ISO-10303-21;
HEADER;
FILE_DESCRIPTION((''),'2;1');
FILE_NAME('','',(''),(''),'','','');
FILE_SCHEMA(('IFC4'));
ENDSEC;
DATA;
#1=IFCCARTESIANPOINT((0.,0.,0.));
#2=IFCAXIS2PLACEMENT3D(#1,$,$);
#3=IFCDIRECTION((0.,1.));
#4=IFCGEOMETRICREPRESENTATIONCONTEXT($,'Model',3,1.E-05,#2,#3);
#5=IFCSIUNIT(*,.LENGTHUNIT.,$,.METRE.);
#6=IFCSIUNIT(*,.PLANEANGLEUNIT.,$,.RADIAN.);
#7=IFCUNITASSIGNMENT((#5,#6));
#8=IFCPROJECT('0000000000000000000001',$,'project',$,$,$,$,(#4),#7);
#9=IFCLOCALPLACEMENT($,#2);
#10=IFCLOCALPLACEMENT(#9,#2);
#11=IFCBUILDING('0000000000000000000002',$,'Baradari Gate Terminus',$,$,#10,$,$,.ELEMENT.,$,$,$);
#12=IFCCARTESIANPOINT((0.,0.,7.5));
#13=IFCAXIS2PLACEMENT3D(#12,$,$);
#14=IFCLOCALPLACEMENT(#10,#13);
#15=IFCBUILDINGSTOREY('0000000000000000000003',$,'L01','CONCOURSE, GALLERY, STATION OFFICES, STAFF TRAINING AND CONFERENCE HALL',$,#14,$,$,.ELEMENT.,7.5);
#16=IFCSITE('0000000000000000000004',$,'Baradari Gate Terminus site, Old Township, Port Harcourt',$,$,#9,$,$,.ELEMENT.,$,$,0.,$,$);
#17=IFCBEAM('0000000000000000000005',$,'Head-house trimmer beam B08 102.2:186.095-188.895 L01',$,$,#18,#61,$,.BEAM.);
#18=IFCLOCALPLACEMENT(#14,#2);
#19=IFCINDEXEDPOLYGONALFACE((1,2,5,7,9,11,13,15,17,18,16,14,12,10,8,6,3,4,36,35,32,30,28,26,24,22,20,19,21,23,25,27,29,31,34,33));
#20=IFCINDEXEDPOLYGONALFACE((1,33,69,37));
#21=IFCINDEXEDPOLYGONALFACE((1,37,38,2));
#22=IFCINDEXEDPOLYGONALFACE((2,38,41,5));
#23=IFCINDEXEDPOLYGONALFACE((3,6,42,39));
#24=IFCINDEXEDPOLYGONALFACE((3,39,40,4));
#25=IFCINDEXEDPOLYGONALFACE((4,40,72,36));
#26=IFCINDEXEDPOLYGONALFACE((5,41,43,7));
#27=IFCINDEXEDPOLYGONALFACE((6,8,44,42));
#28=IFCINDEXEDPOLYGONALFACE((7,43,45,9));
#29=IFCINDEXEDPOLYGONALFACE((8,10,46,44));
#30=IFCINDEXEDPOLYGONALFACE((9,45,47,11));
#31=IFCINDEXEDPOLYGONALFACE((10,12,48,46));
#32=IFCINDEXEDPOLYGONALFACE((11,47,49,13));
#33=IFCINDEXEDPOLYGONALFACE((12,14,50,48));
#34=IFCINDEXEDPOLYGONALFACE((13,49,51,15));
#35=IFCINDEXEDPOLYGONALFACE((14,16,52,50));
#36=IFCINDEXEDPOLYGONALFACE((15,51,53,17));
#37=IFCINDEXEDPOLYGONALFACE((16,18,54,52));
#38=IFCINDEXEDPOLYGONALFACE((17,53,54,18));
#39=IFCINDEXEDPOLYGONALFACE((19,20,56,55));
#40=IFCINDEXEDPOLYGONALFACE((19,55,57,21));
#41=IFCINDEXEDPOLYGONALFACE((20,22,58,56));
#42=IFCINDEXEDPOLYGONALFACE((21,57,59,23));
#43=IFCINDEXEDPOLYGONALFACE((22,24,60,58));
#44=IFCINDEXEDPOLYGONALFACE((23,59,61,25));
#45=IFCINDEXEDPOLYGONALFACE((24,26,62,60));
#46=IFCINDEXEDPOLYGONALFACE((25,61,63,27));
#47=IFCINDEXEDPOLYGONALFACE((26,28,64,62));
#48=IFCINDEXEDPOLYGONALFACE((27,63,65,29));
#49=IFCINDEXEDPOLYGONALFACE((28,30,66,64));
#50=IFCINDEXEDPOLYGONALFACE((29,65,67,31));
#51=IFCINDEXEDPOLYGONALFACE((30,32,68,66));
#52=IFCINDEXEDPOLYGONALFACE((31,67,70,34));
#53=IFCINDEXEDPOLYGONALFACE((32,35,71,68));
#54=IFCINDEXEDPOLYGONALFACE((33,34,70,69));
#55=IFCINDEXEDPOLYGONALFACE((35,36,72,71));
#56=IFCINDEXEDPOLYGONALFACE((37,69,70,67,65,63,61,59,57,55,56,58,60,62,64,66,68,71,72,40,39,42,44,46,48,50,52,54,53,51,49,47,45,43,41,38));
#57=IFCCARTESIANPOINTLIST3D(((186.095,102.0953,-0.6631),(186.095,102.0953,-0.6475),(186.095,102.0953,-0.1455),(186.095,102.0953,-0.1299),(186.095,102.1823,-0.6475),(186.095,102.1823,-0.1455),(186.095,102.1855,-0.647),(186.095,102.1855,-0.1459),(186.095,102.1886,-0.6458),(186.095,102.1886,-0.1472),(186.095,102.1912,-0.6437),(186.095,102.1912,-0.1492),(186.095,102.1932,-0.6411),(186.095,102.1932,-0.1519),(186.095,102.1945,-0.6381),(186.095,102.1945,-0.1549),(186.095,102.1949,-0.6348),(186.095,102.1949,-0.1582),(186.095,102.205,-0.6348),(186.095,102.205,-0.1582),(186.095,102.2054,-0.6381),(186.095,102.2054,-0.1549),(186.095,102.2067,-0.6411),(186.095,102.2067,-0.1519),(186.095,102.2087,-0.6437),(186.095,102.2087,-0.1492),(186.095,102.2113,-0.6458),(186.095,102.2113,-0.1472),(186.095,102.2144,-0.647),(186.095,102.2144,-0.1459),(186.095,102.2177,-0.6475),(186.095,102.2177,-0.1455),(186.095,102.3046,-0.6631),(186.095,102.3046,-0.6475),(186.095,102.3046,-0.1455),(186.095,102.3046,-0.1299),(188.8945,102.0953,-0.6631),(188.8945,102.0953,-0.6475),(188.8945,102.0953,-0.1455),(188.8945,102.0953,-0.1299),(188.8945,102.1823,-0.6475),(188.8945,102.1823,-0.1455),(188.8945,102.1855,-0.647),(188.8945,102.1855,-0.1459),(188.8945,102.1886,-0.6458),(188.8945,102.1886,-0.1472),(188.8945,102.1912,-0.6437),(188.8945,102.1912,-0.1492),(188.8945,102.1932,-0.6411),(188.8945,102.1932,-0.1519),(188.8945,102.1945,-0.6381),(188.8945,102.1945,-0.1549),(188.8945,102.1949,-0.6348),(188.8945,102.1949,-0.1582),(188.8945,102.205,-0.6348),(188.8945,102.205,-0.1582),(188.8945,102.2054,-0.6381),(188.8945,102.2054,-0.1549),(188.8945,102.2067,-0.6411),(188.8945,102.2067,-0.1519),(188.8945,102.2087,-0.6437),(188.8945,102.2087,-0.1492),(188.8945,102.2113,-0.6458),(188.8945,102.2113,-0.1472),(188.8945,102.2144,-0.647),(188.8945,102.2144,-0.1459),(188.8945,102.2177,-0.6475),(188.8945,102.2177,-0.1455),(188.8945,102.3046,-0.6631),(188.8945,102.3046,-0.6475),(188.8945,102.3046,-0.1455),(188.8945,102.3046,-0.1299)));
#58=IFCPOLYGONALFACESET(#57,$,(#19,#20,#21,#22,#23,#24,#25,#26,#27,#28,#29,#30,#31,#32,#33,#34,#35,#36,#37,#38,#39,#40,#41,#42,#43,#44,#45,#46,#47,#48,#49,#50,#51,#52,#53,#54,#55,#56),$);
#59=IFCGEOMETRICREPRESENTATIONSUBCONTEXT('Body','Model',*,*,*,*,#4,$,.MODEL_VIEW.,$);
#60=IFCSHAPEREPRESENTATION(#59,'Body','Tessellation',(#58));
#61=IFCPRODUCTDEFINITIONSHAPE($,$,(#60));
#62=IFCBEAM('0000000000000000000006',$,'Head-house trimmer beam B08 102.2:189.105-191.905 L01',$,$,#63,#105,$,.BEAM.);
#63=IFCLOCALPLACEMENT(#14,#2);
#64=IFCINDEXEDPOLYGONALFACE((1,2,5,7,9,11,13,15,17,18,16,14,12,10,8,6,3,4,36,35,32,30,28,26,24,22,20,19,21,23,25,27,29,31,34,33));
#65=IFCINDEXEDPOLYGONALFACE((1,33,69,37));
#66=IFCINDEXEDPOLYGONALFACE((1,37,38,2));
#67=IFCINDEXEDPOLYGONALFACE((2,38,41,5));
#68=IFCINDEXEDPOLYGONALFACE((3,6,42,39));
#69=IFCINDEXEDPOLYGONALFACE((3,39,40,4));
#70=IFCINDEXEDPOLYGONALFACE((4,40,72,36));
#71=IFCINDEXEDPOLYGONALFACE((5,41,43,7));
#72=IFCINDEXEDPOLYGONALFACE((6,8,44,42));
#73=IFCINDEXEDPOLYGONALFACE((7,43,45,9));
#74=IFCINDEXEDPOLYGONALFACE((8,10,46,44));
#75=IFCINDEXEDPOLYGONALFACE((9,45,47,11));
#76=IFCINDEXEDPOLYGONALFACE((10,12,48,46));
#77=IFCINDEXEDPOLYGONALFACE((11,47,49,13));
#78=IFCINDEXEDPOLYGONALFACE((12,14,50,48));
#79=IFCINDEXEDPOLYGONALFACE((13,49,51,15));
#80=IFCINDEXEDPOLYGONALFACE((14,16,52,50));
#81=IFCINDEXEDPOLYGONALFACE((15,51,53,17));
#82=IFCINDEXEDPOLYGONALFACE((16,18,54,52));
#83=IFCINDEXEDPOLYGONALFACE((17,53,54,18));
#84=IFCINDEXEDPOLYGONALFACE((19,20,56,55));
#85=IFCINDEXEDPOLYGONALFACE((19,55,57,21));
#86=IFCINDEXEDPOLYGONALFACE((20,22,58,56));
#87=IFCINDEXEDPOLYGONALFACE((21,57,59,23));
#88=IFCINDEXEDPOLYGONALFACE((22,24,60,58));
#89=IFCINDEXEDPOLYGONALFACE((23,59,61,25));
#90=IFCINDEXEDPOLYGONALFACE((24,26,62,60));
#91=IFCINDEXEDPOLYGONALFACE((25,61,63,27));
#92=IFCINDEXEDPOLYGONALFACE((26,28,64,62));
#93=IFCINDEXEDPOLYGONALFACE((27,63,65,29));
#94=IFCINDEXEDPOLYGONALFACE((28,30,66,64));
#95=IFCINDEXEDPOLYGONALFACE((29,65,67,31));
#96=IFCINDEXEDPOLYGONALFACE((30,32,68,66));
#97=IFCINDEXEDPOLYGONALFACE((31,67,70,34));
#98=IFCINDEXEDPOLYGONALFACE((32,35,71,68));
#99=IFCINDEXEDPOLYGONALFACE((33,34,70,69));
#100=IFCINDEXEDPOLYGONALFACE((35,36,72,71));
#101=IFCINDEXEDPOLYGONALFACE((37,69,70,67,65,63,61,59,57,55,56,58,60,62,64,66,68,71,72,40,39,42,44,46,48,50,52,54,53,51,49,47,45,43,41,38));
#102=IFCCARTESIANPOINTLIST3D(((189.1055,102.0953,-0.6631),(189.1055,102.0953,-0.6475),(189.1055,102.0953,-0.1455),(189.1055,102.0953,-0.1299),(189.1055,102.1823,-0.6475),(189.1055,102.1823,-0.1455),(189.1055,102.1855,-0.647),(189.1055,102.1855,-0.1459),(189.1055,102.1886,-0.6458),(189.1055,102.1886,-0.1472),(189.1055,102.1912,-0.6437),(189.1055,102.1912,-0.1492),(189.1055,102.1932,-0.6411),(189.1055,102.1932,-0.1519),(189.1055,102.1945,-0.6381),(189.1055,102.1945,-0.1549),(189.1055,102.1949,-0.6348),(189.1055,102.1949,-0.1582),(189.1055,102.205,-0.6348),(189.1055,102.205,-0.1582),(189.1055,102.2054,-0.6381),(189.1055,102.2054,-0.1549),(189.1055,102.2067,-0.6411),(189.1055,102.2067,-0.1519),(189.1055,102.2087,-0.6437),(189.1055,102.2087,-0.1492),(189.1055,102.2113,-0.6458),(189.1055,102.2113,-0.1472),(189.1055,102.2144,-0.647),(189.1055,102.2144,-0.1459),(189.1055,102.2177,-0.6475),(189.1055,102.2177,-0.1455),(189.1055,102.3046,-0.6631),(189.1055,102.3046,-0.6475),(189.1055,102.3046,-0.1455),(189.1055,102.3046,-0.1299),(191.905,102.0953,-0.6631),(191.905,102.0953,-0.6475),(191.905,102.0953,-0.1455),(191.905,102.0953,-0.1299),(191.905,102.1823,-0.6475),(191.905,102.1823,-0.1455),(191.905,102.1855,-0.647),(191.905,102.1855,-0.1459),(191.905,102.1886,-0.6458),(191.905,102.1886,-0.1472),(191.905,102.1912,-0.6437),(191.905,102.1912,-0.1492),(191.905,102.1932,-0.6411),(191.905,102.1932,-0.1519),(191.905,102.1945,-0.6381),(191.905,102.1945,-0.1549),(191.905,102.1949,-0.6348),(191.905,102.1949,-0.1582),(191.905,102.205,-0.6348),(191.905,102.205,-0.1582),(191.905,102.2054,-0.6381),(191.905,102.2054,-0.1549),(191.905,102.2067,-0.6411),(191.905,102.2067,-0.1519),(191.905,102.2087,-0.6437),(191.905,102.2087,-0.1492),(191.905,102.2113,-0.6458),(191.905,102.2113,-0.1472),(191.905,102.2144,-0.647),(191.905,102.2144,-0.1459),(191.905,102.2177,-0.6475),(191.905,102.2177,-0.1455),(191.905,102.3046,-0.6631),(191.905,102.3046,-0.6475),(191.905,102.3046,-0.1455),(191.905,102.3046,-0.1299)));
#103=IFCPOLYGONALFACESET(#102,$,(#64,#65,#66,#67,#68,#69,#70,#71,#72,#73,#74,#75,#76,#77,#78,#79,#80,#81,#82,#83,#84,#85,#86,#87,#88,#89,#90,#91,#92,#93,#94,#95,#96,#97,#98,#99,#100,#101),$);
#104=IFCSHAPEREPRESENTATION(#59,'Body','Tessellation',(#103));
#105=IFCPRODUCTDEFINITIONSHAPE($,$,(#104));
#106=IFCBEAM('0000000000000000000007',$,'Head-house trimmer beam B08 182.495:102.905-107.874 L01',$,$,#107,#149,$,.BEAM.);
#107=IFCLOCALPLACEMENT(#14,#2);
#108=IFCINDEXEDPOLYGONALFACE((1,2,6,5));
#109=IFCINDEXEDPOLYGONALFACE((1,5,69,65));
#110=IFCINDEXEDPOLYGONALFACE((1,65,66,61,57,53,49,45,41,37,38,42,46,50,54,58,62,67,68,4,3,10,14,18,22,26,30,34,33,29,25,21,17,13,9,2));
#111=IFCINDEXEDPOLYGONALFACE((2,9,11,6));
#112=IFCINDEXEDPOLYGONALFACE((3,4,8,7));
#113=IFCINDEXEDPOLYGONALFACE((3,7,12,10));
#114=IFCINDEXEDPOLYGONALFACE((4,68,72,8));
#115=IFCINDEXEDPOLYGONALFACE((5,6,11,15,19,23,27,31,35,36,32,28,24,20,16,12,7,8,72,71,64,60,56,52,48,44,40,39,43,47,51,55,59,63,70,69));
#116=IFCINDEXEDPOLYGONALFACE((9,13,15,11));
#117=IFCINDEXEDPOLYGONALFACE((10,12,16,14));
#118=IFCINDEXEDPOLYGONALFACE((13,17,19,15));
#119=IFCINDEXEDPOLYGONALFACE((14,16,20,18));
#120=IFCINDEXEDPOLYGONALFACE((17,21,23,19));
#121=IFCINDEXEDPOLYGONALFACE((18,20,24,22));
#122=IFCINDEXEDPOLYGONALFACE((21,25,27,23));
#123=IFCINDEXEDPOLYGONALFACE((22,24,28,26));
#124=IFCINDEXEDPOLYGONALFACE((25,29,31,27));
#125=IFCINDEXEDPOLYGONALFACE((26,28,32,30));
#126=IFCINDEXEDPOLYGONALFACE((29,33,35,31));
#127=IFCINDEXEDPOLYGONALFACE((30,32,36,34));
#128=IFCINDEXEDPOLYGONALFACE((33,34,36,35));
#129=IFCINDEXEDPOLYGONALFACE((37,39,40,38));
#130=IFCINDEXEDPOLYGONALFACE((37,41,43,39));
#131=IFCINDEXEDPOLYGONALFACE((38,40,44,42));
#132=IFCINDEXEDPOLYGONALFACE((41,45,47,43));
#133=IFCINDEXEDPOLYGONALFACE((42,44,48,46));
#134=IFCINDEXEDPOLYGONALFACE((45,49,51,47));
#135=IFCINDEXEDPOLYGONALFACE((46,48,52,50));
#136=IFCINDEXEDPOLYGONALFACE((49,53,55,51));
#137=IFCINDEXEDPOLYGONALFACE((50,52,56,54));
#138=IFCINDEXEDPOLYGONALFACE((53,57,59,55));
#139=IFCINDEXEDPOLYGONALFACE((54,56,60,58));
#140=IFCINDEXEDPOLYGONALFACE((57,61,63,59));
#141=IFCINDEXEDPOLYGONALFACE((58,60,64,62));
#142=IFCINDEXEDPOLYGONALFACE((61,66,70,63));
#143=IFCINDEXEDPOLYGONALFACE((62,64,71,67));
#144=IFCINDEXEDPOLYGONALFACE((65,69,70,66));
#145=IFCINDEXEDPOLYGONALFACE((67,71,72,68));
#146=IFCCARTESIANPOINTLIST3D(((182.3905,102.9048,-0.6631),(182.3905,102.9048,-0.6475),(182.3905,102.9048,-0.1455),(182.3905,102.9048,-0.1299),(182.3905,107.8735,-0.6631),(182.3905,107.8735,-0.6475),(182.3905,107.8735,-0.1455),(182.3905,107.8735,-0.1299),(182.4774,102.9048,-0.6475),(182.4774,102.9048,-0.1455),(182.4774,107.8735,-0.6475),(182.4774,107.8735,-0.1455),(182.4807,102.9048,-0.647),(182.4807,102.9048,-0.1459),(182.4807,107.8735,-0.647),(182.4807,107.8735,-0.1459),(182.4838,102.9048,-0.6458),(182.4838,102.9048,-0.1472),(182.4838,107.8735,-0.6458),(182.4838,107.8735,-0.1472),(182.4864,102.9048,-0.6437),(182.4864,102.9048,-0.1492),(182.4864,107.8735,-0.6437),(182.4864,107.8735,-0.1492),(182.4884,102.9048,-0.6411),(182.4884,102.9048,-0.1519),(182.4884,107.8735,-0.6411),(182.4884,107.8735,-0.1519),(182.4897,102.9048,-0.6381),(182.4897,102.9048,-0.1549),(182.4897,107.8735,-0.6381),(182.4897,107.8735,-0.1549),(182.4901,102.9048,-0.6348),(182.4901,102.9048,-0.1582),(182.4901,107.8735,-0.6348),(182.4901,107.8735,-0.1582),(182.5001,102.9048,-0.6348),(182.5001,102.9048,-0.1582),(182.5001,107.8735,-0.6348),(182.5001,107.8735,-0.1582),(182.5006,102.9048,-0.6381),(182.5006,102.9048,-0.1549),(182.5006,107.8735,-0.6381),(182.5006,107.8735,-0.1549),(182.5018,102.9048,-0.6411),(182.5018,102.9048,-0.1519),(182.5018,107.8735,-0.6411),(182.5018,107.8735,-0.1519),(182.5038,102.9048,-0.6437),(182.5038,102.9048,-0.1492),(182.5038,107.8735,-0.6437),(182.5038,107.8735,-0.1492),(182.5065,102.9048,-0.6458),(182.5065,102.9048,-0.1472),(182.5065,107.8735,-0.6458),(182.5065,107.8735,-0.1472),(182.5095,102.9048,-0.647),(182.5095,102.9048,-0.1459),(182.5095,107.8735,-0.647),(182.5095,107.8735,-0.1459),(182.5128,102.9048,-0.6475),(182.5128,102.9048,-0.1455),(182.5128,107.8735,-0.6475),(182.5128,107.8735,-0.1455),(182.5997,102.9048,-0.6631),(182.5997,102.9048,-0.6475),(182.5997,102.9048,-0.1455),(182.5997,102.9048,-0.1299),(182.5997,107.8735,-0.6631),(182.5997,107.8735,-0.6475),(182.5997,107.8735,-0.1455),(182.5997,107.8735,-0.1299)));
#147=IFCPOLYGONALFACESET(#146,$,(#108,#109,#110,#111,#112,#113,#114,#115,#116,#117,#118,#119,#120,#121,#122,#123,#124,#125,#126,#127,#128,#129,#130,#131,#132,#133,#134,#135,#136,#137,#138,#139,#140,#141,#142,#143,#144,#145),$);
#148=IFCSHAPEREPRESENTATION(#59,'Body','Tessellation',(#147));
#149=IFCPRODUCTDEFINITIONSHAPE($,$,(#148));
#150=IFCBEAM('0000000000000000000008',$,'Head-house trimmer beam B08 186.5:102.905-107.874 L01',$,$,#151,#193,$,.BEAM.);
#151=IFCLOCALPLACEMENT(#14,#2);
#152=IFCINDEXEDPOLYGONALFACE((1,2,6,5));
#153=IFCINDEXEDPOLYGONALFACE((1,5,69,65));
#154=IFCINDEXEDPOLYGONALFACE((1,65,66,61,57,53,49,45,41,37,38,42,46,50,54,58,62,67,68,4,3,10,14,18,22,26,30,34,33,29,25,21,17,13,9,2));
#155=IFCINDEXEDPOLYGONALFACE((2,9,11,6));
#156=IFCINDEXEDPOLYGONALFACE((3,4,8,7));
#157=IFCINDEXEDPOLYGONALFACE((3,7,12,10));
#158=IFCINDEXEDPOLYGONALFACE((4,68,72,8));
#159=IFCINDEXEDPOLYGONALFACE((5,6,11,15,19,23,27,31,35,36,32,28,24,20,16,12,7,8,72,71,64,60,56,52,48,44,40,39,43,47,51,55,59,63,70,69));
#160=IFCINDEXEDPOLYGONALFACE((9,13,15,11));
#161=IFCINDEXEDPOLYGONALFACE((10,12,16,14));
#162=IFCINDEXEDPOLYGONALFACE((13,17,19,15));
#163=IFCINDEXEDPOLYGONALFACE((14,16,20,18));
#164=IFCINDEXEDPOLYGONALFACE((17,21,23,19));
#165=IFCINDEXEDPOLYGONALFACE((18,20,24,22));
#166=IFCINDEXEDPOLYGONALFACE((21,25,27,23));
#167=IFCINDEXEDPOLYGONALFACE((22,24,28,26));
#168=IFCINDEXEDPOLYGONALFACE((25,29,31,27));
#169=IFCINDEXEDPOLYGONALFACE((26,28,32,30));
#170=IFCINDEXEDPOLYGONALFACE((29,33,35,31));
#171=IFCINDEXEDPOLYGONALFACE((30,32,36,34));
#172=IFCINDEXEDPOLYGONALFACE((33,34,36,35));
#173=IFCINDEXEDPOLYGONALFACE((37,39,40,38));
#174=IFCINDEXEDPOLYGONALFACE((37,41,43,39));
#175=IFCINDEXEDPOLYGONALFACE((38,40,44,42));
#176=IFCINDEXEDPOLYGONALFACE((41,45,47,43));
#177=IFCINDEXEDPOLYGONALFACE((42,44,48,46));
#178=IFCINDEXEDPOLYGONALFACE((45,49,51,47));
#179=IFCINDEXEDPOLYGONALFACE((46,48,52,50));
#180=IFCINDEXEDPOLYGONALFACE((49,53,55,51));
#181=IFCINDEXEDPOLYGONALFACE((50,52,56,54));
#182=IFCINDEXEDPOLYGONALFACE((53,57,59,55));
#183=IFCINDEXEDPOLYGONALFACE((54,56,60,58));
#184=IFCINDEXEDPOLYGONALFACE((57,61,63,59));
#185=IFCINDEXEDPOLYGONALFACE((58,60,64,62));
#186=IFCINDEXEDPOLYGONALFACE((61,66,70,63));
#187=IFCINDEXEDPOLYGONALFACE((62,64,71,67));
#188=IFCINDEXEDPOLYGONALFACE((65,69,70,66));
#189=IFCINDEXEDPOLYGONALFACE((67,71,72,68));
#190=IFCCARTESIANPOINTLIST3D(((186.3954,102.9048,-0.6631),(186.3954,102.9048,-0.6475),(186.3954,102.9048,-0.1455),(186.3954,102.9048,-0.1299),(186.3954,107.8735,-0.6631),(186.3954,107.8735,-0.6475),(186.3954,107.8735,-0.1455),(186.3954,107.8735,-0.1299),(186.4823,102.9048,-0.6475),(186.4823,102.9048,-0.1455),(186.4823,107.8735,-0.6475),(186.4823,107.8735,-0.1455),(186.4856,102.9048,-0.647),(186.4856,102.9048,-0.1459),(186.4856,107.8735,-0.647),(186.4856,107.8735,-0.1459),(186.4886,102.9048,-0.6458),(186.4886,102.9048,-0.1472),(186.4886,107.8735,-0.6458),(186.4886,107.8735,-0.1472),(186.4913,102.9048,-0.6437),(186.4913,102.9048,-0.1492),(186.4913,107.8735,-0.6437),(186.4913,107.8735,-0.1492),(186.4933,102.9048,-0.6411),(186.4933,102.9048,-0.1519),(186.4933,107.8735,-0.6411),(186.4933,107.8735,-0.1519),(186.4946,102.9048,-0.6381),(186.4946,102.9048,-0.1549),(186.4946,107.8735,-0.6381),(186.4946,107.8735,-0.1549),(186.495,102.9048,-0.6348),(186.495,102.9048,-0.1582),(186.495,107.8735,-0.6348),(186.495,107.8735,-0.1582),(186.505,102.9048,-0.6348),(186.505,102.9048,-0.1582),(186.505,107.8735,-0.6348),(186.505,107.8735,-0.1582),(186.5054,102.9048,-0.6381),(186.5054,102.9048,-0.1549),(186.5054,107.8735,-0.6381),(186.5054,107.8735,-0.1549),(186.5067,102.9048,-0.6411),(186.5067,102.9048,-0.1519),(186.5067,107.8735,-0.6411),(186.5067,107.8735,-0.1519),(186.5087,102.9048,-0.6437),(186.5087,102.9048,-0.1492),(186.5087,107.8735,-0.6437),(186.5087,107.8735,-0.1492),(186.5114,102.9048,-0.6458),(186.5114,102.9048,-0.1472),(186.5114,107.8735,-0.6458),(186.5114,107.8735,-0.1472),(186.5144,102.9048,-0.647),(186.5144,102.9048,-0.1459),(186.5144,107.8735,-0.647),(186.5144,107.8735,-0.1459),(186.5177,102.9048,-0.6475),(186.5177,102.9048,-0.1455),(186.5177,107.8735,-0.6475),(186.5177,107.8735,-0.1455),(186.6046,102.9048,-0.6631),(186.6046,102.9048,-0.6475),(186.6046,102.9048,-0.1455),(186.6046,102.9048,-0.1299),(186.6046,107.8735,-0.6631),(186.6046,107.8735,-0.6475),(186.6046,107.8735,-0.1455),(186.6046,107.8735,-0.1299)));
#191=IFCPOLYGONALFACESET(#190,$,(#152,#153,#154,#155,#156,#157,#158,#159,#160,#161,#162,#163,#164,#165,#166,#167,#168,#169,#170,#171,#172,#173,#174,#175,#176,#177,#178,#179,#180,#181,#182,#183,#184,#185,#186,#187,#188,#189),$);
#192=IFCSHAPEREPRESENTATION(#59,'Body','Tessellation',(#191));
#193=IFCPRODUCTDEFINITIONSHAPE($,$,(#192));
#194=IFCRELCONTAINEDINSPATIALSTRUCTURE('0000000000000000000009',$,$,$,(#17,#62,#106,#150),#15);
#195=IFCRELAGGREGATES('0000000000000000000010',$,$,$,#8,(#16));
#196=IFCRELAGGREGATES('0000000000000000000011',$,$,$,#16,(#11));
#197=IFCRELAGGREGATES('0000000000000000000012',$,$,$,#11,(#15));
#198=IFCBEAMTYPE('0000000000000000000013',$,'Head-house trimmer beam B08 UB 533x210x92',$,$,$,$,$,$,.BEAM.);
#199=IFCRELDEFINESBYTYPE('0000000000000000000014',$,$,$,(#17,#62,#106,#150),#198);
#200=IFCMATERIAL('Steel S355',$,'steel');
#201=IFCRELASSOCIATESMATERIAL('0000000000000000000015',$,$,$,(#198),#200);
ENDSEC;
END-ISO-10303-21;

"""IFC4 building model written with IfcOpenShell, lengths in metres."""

from ifc_helpers import new_model, si_unit, direction, frame, origin, origin_2d, place, context, subcontext, project, spatial, i_section, extrude, material, material_profile, profile_set, type_object, element, save


model = new_model("IFC4")

# Units and contexts
model_context = context("Model", 3, precision=1e-05, world=origin(), true_north=direction((0.0, 1.0)))
body_context = subcontext(model_context, "Body", "Model", "MODEL_VIEW")
ifc_project = project(units=[si_unit("LENGTHUNIT", "METRE"), si_unit("PLANEANGLEUNIT", "RADIAN")], contexts=[model_context])

# Site, building, storey
site_placement = place(None, origin())
site = spatial("IfcSite", under=ifc_project, at=site_placement, Name="Baradari Gate Terminus site, Old Township, Port Harcourt", CompositionType="ELEMENT", RefElevation=0.0)
building_placement = place(site_placement, origin())
building = spatial("IfcBuilding", under=site, at=building_placement, Name="Baradari Gate Terminus", CompositionType="ELEMENT")
storey_placement = place(building_placement, frame((0.0, 0.0, 7.5)))
storey = spatial("IfcBuildingStorey", under=building, at=storey_placement, Name="L01", Description="CONCOURSE, GALLERY, STATION OFFICES, STAFF TRAINING AND CONFERENCE HALL", CompositionType="ELEMENT", Elevation=7.5)

# Beams
ifc_material_1 = material(Name="Steel S355", Category="steel")
ifc_material_profile_1 = material_profile(ifc_material_1, i_section(OverallWidth=0.2092, OverallDepth=0.5332, WebThickness=0.01, FlangeThickness=0.0156, FilletRadius=0.0127, at=origin_2d()), Name="UB 533x210x92")
ifc_profile_set_1 = profile_set([ifc_material_profile_1], Name="Steel S355")
beam_type_1 = type_object("IfcBeamType", Name="Head-house trimmer beam B08 UB 533x210x92", PredefinedType="BEAM", material=ifc_profile_set_1)
for number, where, z_axis, x_axis, name in (
    (1, (186.095, 102.2, -0.3965), (1.0, 0.0, 0.0), (0.0, 1.0, 0.0), "Head-house trimmer beam B08 102.2:186.095-188.895 L01"),
    (2, (189.1055, 102.2, -0.3965), (1.0, 0.0, 0.0), (0.0, 1.0, 0.0), "Head-house trimmer beam B08 102.2:189.105-191.905 L01"),
):
    element("IfcBeam", number, at=place(storey_placement, frame(where, z_axis=z_axis, x_axis=x_axis)), inside=storey, type_object=beam_type_1, Name=name, PredefinedType="BEAM", context=body_context, shape_type="SweptSolid", body=[
        extrude(i_section(OverallWidth=0.2092, OverallDepth=0.5332, WebThickness=0.01, FlangeThickness=0.0156, FilletRadius=0.0127, at=origin_2d()), origin(), (0.0, 0.0, 1.0), 2.7996),
    ])
for number, where, z_axis, x_axis, name in (
    (3, (182.4951, 102.9048, -0.3965), (0.0, 1.0, 0.0), (-1.0, 0.0, 0.0), "Head-house trimmer beam B08 182.495:102.905-107.874 L01"),
    (4, (186.5, 102.9048, -0.3965), (0.0, 1.0, 0.0), (-1.0, 0.0, 0.0), "Head-house trimmer beam B08 186.5:102.905-107.874 L01"),
):
    element("IfcBeam", number, at=place(storey_placement, frame(where, z_axis=z_axis, x_axis=x_axis)), inside=storey, type_object=beam_type_1, Name=name, PredefinedType="BEAM", context=body_context, shape_type="SweptSolid", body=[
        extrude(i_section(OverallWidth=0.2092, OverallDepth=0.5332, WebThickness=0.01, FlangeThickness=0.0156, FilletRadius=0.0127, at=origin_2d()), origin(), (0.0, 0.0, 1.0), 4.9688),
    ])

save(model, "model.ifc")
